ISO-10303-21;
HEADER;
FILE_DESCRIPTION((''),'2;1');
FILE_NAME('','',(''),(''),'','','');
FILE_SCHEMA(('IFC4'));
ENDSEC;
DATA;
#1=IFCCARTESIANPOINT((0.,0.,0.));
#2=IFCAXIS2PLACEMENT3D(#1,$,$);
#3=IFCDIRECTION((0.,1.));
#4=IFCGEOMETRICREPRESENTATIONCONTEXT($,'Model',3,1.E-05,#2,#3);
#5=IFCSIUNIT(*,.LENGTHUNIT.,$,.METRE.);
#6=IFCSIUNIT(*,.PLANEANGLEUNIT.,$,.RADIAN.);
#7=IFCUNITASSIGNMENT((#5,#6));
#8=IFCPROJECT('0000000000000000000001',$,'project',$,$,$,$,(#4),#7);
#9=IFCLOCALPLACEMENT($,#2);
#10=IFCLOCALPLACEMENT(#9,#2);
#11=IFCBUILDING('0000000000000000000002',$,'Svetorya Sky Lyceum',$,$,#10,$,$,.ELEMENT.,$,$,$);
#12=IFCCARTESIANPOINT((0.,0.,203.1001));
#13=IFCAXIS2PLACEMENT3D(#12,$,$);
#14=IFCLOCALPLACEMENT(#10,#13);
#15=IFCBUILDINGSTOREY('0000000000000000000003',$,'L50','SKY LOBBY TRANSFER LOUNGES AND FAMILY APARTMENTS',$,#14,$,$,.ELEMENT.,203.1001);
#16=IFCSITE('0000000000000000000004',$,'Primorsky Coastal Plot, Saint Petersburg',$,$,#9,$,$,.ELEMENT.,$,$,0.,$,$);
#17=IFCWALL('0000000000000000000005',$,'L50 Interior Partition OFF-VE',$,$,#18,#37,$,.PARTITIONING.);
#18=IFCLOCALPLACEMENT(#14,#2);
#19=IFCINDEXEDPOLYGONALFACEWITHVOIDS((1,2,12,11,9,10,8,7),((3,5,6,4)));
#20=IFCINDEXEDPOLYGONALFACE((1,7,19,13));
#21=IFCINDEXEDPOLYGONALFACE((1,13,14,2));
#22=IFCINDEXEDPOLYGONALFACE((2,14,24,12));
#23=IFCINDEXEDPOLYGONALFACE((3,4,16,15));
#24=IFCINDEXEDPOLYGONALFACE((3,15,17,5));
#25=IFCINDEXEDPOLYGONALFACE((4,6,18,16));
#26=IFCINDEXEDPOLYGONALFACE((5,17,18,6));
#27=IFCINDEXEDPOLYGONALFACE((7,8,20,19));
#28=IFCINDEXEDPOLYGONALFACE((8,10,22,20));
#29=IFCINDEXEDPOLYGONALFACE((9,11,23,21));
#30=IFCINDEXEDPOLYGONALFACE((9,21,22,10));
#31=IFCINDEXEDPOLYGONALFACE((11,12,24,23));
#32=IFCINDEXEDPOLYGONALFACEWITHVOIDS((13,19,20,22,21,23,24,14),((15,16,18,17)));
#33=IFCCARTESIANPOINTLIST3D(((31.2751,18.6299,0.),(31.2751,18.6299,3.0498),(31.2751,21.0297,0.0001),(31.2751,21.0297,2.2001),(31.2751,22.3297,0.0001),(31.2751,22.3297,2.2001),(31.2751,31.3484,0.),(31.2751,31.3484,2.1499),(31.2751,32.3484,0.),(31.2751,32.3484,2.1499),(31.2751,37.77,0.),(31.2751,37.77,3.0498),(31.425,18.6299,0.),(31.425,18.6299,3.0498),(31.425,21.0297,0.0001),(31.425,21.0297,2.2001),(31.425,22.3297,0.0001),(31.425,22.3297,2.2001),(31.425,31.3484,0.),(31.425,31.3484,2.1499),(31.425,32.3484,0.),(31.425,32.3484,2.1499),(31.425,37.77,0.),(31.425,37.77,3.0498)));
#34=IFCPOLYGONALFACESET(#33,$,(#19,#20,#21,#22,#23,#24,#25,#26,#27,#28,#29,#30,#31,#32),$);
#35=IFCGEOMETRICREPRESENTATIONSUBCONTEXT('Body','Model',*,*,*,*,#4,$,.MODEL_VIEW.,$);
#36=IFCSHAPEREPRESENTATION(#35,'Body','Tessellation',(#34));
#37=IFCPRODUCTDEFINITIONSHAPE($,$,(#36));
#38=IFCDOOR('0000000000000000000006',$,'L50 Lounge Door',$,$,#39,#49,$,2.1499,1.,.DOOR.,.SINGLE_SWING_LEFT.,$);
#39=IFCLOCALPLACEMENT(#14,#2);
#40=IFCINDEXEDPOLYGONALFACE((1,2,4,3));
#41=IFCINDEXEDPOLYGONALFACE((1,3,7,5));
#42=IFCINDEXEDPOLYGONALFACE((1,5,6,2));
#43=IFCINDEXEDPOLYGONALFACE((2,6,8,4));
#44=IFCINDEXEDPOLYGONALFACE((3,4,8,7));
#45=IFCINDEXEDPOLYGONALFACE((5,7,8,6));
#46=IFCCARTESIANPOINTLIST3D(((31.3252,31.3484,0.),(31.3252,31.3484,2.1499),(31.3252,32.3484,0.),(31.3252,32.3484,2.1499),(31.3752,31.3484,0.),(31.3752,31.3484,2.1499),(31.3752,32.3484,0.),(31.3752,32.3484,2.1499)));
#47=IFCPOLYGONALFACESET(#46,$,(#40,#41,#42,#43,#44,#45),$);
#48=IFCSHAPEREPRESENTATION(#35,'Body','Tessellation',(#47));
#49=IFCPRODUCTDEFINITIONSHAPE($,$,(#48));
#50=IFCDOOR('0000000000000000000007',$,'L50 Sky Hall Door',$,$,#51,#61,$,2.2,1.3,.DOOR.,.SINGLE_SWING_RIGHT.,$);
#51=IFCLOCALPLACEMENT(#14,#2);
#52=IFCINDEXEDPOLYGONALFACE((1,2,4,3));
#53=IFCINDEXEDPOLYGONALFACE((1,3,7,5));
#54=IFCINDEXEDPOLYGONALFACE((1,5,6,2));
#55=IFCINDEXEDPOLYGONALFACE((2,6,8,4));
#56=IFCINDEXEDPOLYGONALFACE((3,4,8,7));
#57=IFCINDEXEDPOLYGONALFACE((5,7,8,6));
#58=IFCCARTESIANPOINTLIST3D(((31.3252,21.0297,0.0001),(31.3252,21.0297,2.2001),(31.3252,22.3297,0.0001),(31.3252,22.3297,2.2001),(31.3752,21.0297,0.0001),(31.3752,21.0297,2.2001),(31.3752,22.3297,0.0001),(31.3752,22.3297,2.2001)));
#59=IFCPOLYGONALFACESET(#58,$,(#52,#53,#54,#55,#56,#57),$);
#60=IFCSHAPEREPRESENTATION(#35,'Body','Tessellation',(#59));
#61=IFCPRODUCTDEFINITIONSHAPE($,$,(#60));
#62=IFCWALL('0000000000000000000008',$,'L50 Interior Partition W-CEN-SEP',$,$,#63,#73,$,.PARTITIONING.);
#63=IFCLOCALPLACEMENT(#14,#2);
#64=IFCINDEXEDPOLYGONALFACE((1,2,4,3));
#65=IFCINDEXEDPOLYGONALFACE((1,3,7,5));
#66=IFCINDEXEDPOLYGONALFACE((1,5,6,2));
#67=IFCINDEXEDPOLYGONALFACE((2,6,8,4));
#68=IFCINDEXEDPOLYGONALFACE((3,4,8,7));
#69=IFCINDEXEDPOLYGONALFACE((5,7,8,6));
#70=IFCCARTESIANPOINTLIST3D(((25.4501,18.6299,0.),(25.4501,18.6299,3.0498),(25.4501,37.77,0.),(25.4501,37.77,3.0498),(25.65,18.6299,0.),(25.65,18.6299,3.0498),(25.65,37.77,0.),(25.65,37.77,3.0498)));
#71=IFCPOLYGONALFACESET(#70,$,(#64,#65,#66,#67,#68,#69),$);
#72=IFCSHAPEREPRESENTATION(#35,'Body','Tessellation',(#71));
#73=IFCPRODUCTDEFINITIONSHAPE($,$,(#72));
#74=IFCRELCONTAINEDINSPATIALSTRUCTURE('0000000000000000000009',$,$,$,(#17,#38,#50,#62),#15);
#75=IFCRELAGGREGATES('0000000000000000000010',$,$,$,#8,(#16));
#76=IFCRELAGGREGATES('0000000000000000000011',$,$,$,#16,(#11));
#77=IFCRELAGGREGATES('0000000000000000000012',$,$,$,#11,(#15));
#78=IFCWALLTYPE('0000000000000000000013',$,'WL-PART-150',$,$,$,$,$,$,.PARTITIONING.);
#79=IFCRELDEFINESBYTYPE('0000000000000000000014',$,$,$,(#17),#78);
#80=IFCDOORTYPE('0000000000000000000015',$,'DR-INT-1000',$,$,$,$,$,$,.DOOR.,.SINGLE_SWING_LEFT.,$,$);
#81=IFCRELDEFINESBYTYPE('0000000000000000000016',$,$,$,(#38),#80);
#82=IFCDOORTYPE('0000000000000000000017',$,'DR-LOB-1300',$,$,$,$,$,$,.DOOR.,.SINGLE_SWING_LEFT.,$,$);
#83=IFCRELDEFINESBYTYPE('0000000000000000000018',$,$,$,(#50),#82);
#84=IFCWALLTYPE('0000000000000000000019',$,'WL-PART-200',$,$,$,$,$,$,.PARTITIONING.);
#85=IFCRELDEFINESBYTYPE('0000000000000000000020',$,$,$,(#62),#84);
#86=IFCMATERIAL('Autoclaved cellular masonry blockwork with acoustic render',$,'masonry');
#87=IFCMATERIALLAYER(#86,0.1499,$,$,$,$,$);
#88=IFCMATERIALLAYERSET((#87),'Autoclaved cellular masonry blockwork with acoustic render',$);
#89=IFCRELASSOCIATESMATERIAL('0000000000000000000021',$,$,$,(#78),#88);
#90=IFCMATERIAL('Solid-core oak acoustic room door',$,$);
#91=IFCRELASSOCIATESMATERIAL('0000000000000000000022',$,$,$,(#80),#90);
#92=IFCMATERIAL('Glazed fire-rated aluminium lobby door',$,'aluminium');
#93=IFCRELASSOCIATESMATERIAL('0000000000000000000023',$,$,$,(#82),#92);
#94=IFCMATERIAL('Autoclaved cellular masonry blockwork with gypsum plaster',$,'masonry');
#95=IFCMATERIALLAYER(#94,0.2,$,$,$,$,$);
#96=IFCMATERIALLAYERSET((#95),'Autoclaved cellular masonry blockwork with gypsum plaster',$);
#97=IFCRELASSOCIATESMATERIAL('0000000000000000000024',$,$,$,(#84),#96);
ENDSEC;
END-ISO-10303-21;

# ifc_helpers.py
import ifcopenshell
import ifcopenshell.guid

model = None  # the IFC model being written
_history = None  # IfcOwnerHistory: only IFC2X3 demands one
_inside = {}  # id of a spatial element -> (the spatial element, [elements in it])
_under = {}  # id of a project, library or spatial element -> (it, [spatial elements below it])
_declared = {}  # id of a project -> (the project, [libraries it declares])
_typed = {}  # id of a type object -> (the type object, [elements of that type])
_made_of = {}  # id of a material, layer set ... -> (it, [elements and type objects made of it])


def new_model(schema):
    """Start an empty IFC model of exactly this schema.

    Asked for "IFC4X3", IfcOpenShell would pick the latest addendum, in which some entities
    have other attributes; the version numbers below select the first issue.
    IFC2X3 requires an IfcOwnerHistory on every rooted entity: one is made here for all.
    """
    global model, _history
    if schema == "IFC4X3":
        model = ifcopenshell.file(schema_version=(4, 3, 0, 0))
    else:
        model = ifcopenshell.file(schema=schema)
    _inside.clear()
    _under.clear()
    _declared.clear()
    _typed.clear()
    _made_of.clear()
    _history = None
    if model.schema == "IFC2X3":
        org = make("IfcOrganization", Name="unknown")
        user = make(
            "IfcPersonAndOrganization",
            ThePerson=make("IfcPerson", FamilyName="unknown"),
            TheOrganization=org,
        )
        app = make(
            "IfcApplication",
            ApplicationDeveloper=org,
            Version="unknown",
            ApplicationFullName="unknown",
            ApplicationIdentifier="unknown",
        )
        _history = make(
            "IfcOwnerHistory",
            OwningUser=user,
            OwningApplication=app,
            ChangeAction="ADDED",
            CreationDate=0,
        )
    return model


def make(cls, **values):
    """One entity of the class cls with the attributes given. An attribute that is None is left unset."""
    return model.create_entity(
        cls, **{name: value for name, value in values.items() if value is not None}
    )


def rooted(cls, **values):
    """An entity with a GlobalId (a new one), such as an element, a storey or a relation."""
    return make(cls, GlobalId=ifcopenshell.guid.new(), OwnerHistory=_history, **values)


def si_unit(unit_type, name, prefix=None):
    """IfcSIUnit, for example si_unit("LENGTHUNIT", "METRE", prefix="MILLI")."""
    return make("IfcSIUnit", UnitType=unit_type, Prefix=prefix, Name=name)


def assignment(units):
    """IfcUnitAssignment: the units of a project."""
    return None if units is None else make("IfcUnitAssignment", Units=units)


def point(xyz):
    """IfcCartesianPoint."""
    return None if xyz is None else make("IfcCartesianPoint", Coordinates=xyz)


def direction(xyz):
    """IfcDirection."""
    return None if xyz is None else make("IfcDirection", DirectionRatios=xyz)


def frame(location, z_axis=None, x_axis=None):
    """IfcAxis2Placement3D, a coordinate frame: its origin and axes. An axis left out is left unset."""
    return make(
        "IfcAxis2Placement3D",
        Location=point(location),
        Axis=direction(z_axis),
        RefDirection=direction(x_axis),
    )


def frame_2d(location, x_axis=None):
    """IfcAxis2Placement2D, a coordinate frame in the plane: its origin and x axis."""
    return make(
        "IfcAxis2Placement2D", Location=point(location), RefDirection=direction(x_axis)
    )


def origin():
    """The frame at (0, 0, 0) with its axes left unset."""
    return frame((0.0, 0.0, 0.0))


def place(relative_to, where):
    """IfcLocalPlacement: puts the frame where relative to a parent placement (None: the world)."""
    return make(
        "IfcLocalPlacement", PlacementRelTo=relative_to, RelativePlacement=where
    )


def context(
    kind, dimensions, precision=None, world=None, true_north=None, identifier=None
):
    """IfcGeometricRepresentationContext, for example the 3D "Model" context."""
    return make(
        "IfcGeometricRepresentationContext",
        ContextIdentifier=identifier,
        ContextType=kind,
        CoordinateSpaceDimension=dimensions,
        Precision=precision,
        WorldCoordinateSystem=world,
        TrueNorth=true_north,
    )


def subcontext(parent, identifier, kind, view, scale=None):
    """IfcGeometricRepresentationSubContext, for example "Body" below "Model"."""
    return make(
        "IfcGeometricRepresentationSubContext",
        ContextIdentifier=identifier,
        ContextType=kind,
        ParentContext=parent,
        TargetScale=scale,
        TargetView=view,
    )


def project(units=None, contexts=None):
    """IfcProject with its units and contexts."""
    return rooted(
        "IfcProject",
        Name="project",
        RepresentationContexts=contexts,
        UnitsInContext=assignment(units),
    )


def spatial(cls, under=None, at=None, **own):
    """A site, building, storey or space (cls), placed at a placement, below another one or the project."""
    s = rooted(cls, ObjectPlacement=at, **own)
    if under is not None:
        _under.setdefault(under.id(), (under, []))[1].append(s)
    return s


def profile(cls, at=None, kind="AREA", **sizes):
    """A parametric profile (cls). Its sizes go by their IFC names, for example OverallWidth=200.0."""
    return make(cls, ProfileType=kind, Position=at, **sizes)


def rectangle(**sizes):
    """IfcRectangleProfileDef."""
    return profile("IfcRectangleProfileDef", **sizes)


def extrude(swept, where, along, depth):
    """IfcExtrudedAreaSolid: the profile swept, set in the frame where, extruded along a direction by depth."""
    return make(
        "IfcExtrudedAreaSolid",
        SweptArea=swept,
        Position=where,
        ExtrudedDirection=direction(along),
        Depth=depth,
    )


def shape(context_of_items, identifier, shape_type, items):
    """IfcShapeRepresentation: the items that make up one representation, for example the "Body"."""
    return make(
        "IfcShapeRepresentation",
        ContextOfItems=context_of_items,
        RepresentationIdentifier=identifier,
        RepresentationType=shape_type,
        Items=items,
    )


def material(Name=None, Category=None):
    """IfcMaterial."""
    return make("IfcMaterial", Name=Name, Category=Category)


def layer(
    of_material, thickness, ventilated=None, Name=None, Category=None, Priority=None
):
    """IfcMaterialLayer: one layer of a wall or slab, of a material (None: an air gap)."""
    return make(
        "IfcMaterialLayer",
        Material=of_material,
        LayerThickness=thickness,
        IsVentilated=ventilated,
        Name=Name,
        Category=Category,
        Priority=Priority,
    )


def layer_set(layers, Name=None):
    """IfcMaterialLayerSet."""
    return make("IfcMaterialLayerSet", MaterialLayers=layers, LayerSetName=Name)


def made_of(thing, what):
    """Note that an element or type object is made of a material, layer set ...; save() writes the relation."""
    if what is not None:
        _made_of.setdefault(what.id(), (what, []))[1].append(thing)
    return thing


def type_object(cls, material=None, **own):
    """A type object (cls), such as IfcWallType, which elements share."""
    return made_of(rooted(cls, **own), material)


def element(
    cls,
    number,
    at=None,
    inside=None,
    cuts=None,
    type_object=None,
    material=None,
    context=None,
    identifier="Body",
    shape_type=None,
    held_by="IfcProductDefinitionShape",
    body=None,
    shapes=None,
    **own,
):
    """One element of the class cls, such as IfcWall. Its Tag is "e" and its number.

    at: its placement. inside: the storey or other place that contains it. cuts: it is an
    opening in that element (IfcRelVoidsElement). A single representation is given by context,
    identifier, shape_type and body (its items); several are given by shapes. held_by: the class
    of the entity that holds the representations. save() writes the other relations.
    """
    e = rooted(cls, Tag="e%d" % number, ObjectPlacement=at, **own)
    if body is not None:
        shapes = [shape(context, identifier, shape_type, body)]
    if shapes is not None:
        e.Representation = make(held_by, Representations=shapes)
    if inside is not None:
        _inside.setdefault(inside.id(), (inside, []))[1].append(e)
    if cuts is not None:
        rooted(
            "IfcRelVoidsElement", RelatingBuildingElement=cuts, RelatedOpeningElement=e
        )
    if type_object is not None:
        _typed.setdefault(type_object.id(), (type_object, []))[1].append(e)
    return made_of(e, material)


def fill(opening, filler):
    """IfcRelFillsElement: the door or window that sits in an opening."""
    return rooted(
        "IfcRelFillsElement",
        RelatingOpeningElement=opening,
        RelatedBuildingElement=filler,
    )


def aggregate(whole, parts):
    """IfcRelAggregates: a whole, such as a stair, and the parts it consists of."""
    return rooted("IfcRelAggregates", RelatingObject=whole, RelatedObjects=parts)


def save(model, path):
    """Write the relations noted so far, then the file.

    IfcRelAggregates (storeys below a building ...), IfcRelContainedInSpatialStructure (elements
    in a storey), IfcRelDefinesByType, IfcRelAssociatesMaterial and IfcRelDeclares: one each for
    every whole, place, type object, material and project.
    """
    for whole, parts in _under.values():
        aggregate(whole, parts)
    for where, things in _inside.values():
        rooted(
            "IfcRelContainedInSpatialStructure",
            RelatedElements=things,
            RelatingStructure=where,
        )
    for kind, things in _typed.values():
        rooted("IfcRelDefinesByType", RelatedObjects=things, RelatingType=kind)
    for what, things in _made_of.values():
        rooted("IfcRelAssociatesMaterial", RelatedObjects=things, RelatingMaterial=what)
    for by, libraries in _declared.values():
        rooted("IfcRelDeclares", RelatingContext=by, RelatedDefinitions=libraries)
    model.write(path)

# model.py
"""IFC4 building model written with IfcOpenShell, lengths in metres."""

from ifc_helpers import new_model, si_unit, direction, frame, frame_2d, origin, place, context, subcontext, project, spatial, rectangle, extrude, material, layer, layer_set, type_object, element, fill, save


model = new_model("IFC4")

# Units and contexts
model_context = context("Model", 3, precision=1e-05, world=origin(), true_north=direction((0.0, 1.0)))
body_context = subcontext(model_context, "Body", "Model", "MODEL_VIEW")
ifc_project = project(units=[si_unit("LENGTHUNIT", "METRE"), si_unit("PLANEANGLEUNIT", "RADIAN")], contexts=[model_context])

# Site, building, storey
site_placement = place(None, origin())
site = spatial("IfcSite", under=ifc_project, at=site_placement, Name="Primorsky Coastal Plot, Saint Petersburg", CompositionType="ELEMENT", RefElevation=0.0)
building_placement = place(site_placement, origin())
building = spatial("IfcBuilding", under=site, at=building_placement, Name="Svetorya Sky Lyceum", CompositionType="ELEMENT")
storey_placement = place(building_placement, frame((0.0, 0.0, 203.1001)))
storey = spatial("IfcBuildingStorey", under=building, at=storey_placement, Name="L50", Description="SKY LOBBY TRANSFER LOUNGES AND FAMILY APARTMENTS", CompositionType="ELEMENT", Elevation=203.1001)

# Shared definitions
ifc_material_1 = material(Name="Autoclaved cellular masonry blockwork with acoustic render", Category="masonry")
ifc_layer_1 = layer(ifc_material_1, 0.1499)
ifc_layer_set_1 = layer_set([ifc_layer_1], Name="Autoclaved cellular masonry blockwork with acoustic render")
wall_type_1 = type_object("IfcWallType", Name="WL-PART-150", PredefinedType="PARTITIONING", material=ifc_layer_set_1)

# Shared definitions
ifc_material_2 = material(Name="Solid-core oak acoustic room door")
door_type_1 = type_object("IfcDoorType", Name="DR-INT-1000", OperationType="SINGLE_SWING_LEFT", PredefinedType="DOOR", material=ifc_material_2)

# Wall, openings, doors
wall_1_placement = place(storey_placement, frame((31.3501, 18.6299, 0.0), z_axis=(0.0, 0.0, 1.0), x_axis=(0.0, 1.0, 0.0)))
wall_1 = element("IfcWall", 1, at=wall_1_placement, inside=storey, type_object=wall_type_1, Name="L50 Interior Partition OFF-VE", PredefinedType="PARTITIONING", context=body_context, shape_type="SweptSolid", body=[
    extrude(rectangle(XDim=19.1401, YDim=0.1499, at=frame_2d((9.5701, 0.0))), origin(), (0.0, 0.0, 1.0), 3.0498),
])
opening_1_placement = place(wall_1_placement, frame((2.3999, 0.0, 0.0)))
opening_1 = element("IfcOpeningElement", 2, at=opening_1_placement, cuts=wall_1, PredefinedType="OPENING", context=body_context, shape_type="SweptSolid", body=[
    extrude(rectangle(XDim=1.3, YDim=2.2, at=frame_2d((0.6499, 1.1001))), frame((0.0, 0.085, 0.0), z_axis=(0.0, -1.0, 0.0), x_axis=(1.0, 0.0, 0.0)), (0.0, 0.0, 1.0), 0.1699),
])
opening_2_placement = place(wall_1_placement, frame((12.7185, 0.0, 0.0)))
opening_2 = element("IfcOpeningElement", 3, at=opening_2_placement, cuts=wall_1, PredefinedType="OPENING", context=body_context, shape_type="SweptSolid", body=[
    extrude(rectangle(XDim=1.0, YDim=2.1499, at=frame_2d((0.5, 1.075))), frame((0.0, 0.085, 0.0), z_axis=(0.0, -1.0, 0.0), x_axis=(1.0, 0.0, 0.0)), (0.0, 0.0, 1.0), 0.1699),
])
door_1_placement = place(opening_2_placement, origin())
door_1 = element("IfcDoor", 4, at=door_1_placement, inside=storey, type_object=door_type_1, Name="L50 Lounge Door", OperationType="SINGLE_SWING_LEFT", OverallHeight=2.1499, OverallWidth=1.0, PredefinedType="DOOR", context=body_context, shape_type="SweptSolid", body=[
    extrude(rectangle(XDim=1.0, YDim=2.1499, at=frame_2d((0.5, 1.075))), frame((0.0, 0.0249, 0.0), z_axis=(0.0, -1.0, 0.0), x_axis=(1.0, 0.0, 0.0)), (0.0, 0.0, 1.0), 0.05),
])
fill(opening_2, door_1)
ifc_material_3 = material(Name="Glazed fire-rated aluminium lobby door", Category="aluminium")
door_type_2 = type_object("IfcDoorType", Name="DR-LOB-1300", OperationType="SINGLE_SWING_LEFT", PredefinedType="DOOR", material=ifc_material_3)
door_2_placement = place(opening_1_placement, origin())
door_2 = element("IfcDoor", 5, at=door_2_placement, inside=storey, type_object=door_type_2, Name="L50 Sky Hall Door", OperationType="SINGLE_SWING_RIGHT", OverallHeight=2.2, OverallWidth=1.3, PredefinedType="DOOR", context=body_context, shape_type="SweptSolid", body=[
    extrude(rectangle(XDim=1.3, YDim=2.2, at=frame_2d((0.6499, 1.1001))), frame((0.0, 0.0249, 0.0), z_axis=(0.0, -1.0, 0.0), x_axis=(1.0, 0.0, 0.0)), (0.0, 0.0, 1.0), 0.05),
])
fill(opening_1, door_2)

# Wall
ifc_material_4 = material(Name="Autoclaved cellular masonry blockwork with gypsum plaster", Category="masonry")
ifc_layer_2 = layer(ifc_material_4, 0.2)
ifc_layer_set_2 = layer_set([ifc_layer_2], Name="Autoclaved cellular masonry blockwork with gypsum plaster")
wall_type_2 = type_object("IfcWallType", Name="WL-PART-200", PredefinedType="PARTITIONING", material=ifc_layer_set_2)
wall_2_placement = place(storey_placement, frame((25.55, 18.6299, 0.0), z_axis=(0.0, 0.0, 1.0), x_axis=(0.0, 1.0, 0.0)))
element("IfcWall", 6, at=wall_2_placement, inside=storey, type_object=wall_type_2, Name="L50 Interior Partition W-CEN-SEP", PredefinedType="PARTITIONING", context=body_context, shape_type="SweptSolid", body=[
    extrude(rectangle(XDim=19.1401, YDim=0.2, at=frame_2d((9.5701, 0.0))), origin(), (0.0, 0.0, 1.0), 3.0498),
])

save(model, "model.ifc")
